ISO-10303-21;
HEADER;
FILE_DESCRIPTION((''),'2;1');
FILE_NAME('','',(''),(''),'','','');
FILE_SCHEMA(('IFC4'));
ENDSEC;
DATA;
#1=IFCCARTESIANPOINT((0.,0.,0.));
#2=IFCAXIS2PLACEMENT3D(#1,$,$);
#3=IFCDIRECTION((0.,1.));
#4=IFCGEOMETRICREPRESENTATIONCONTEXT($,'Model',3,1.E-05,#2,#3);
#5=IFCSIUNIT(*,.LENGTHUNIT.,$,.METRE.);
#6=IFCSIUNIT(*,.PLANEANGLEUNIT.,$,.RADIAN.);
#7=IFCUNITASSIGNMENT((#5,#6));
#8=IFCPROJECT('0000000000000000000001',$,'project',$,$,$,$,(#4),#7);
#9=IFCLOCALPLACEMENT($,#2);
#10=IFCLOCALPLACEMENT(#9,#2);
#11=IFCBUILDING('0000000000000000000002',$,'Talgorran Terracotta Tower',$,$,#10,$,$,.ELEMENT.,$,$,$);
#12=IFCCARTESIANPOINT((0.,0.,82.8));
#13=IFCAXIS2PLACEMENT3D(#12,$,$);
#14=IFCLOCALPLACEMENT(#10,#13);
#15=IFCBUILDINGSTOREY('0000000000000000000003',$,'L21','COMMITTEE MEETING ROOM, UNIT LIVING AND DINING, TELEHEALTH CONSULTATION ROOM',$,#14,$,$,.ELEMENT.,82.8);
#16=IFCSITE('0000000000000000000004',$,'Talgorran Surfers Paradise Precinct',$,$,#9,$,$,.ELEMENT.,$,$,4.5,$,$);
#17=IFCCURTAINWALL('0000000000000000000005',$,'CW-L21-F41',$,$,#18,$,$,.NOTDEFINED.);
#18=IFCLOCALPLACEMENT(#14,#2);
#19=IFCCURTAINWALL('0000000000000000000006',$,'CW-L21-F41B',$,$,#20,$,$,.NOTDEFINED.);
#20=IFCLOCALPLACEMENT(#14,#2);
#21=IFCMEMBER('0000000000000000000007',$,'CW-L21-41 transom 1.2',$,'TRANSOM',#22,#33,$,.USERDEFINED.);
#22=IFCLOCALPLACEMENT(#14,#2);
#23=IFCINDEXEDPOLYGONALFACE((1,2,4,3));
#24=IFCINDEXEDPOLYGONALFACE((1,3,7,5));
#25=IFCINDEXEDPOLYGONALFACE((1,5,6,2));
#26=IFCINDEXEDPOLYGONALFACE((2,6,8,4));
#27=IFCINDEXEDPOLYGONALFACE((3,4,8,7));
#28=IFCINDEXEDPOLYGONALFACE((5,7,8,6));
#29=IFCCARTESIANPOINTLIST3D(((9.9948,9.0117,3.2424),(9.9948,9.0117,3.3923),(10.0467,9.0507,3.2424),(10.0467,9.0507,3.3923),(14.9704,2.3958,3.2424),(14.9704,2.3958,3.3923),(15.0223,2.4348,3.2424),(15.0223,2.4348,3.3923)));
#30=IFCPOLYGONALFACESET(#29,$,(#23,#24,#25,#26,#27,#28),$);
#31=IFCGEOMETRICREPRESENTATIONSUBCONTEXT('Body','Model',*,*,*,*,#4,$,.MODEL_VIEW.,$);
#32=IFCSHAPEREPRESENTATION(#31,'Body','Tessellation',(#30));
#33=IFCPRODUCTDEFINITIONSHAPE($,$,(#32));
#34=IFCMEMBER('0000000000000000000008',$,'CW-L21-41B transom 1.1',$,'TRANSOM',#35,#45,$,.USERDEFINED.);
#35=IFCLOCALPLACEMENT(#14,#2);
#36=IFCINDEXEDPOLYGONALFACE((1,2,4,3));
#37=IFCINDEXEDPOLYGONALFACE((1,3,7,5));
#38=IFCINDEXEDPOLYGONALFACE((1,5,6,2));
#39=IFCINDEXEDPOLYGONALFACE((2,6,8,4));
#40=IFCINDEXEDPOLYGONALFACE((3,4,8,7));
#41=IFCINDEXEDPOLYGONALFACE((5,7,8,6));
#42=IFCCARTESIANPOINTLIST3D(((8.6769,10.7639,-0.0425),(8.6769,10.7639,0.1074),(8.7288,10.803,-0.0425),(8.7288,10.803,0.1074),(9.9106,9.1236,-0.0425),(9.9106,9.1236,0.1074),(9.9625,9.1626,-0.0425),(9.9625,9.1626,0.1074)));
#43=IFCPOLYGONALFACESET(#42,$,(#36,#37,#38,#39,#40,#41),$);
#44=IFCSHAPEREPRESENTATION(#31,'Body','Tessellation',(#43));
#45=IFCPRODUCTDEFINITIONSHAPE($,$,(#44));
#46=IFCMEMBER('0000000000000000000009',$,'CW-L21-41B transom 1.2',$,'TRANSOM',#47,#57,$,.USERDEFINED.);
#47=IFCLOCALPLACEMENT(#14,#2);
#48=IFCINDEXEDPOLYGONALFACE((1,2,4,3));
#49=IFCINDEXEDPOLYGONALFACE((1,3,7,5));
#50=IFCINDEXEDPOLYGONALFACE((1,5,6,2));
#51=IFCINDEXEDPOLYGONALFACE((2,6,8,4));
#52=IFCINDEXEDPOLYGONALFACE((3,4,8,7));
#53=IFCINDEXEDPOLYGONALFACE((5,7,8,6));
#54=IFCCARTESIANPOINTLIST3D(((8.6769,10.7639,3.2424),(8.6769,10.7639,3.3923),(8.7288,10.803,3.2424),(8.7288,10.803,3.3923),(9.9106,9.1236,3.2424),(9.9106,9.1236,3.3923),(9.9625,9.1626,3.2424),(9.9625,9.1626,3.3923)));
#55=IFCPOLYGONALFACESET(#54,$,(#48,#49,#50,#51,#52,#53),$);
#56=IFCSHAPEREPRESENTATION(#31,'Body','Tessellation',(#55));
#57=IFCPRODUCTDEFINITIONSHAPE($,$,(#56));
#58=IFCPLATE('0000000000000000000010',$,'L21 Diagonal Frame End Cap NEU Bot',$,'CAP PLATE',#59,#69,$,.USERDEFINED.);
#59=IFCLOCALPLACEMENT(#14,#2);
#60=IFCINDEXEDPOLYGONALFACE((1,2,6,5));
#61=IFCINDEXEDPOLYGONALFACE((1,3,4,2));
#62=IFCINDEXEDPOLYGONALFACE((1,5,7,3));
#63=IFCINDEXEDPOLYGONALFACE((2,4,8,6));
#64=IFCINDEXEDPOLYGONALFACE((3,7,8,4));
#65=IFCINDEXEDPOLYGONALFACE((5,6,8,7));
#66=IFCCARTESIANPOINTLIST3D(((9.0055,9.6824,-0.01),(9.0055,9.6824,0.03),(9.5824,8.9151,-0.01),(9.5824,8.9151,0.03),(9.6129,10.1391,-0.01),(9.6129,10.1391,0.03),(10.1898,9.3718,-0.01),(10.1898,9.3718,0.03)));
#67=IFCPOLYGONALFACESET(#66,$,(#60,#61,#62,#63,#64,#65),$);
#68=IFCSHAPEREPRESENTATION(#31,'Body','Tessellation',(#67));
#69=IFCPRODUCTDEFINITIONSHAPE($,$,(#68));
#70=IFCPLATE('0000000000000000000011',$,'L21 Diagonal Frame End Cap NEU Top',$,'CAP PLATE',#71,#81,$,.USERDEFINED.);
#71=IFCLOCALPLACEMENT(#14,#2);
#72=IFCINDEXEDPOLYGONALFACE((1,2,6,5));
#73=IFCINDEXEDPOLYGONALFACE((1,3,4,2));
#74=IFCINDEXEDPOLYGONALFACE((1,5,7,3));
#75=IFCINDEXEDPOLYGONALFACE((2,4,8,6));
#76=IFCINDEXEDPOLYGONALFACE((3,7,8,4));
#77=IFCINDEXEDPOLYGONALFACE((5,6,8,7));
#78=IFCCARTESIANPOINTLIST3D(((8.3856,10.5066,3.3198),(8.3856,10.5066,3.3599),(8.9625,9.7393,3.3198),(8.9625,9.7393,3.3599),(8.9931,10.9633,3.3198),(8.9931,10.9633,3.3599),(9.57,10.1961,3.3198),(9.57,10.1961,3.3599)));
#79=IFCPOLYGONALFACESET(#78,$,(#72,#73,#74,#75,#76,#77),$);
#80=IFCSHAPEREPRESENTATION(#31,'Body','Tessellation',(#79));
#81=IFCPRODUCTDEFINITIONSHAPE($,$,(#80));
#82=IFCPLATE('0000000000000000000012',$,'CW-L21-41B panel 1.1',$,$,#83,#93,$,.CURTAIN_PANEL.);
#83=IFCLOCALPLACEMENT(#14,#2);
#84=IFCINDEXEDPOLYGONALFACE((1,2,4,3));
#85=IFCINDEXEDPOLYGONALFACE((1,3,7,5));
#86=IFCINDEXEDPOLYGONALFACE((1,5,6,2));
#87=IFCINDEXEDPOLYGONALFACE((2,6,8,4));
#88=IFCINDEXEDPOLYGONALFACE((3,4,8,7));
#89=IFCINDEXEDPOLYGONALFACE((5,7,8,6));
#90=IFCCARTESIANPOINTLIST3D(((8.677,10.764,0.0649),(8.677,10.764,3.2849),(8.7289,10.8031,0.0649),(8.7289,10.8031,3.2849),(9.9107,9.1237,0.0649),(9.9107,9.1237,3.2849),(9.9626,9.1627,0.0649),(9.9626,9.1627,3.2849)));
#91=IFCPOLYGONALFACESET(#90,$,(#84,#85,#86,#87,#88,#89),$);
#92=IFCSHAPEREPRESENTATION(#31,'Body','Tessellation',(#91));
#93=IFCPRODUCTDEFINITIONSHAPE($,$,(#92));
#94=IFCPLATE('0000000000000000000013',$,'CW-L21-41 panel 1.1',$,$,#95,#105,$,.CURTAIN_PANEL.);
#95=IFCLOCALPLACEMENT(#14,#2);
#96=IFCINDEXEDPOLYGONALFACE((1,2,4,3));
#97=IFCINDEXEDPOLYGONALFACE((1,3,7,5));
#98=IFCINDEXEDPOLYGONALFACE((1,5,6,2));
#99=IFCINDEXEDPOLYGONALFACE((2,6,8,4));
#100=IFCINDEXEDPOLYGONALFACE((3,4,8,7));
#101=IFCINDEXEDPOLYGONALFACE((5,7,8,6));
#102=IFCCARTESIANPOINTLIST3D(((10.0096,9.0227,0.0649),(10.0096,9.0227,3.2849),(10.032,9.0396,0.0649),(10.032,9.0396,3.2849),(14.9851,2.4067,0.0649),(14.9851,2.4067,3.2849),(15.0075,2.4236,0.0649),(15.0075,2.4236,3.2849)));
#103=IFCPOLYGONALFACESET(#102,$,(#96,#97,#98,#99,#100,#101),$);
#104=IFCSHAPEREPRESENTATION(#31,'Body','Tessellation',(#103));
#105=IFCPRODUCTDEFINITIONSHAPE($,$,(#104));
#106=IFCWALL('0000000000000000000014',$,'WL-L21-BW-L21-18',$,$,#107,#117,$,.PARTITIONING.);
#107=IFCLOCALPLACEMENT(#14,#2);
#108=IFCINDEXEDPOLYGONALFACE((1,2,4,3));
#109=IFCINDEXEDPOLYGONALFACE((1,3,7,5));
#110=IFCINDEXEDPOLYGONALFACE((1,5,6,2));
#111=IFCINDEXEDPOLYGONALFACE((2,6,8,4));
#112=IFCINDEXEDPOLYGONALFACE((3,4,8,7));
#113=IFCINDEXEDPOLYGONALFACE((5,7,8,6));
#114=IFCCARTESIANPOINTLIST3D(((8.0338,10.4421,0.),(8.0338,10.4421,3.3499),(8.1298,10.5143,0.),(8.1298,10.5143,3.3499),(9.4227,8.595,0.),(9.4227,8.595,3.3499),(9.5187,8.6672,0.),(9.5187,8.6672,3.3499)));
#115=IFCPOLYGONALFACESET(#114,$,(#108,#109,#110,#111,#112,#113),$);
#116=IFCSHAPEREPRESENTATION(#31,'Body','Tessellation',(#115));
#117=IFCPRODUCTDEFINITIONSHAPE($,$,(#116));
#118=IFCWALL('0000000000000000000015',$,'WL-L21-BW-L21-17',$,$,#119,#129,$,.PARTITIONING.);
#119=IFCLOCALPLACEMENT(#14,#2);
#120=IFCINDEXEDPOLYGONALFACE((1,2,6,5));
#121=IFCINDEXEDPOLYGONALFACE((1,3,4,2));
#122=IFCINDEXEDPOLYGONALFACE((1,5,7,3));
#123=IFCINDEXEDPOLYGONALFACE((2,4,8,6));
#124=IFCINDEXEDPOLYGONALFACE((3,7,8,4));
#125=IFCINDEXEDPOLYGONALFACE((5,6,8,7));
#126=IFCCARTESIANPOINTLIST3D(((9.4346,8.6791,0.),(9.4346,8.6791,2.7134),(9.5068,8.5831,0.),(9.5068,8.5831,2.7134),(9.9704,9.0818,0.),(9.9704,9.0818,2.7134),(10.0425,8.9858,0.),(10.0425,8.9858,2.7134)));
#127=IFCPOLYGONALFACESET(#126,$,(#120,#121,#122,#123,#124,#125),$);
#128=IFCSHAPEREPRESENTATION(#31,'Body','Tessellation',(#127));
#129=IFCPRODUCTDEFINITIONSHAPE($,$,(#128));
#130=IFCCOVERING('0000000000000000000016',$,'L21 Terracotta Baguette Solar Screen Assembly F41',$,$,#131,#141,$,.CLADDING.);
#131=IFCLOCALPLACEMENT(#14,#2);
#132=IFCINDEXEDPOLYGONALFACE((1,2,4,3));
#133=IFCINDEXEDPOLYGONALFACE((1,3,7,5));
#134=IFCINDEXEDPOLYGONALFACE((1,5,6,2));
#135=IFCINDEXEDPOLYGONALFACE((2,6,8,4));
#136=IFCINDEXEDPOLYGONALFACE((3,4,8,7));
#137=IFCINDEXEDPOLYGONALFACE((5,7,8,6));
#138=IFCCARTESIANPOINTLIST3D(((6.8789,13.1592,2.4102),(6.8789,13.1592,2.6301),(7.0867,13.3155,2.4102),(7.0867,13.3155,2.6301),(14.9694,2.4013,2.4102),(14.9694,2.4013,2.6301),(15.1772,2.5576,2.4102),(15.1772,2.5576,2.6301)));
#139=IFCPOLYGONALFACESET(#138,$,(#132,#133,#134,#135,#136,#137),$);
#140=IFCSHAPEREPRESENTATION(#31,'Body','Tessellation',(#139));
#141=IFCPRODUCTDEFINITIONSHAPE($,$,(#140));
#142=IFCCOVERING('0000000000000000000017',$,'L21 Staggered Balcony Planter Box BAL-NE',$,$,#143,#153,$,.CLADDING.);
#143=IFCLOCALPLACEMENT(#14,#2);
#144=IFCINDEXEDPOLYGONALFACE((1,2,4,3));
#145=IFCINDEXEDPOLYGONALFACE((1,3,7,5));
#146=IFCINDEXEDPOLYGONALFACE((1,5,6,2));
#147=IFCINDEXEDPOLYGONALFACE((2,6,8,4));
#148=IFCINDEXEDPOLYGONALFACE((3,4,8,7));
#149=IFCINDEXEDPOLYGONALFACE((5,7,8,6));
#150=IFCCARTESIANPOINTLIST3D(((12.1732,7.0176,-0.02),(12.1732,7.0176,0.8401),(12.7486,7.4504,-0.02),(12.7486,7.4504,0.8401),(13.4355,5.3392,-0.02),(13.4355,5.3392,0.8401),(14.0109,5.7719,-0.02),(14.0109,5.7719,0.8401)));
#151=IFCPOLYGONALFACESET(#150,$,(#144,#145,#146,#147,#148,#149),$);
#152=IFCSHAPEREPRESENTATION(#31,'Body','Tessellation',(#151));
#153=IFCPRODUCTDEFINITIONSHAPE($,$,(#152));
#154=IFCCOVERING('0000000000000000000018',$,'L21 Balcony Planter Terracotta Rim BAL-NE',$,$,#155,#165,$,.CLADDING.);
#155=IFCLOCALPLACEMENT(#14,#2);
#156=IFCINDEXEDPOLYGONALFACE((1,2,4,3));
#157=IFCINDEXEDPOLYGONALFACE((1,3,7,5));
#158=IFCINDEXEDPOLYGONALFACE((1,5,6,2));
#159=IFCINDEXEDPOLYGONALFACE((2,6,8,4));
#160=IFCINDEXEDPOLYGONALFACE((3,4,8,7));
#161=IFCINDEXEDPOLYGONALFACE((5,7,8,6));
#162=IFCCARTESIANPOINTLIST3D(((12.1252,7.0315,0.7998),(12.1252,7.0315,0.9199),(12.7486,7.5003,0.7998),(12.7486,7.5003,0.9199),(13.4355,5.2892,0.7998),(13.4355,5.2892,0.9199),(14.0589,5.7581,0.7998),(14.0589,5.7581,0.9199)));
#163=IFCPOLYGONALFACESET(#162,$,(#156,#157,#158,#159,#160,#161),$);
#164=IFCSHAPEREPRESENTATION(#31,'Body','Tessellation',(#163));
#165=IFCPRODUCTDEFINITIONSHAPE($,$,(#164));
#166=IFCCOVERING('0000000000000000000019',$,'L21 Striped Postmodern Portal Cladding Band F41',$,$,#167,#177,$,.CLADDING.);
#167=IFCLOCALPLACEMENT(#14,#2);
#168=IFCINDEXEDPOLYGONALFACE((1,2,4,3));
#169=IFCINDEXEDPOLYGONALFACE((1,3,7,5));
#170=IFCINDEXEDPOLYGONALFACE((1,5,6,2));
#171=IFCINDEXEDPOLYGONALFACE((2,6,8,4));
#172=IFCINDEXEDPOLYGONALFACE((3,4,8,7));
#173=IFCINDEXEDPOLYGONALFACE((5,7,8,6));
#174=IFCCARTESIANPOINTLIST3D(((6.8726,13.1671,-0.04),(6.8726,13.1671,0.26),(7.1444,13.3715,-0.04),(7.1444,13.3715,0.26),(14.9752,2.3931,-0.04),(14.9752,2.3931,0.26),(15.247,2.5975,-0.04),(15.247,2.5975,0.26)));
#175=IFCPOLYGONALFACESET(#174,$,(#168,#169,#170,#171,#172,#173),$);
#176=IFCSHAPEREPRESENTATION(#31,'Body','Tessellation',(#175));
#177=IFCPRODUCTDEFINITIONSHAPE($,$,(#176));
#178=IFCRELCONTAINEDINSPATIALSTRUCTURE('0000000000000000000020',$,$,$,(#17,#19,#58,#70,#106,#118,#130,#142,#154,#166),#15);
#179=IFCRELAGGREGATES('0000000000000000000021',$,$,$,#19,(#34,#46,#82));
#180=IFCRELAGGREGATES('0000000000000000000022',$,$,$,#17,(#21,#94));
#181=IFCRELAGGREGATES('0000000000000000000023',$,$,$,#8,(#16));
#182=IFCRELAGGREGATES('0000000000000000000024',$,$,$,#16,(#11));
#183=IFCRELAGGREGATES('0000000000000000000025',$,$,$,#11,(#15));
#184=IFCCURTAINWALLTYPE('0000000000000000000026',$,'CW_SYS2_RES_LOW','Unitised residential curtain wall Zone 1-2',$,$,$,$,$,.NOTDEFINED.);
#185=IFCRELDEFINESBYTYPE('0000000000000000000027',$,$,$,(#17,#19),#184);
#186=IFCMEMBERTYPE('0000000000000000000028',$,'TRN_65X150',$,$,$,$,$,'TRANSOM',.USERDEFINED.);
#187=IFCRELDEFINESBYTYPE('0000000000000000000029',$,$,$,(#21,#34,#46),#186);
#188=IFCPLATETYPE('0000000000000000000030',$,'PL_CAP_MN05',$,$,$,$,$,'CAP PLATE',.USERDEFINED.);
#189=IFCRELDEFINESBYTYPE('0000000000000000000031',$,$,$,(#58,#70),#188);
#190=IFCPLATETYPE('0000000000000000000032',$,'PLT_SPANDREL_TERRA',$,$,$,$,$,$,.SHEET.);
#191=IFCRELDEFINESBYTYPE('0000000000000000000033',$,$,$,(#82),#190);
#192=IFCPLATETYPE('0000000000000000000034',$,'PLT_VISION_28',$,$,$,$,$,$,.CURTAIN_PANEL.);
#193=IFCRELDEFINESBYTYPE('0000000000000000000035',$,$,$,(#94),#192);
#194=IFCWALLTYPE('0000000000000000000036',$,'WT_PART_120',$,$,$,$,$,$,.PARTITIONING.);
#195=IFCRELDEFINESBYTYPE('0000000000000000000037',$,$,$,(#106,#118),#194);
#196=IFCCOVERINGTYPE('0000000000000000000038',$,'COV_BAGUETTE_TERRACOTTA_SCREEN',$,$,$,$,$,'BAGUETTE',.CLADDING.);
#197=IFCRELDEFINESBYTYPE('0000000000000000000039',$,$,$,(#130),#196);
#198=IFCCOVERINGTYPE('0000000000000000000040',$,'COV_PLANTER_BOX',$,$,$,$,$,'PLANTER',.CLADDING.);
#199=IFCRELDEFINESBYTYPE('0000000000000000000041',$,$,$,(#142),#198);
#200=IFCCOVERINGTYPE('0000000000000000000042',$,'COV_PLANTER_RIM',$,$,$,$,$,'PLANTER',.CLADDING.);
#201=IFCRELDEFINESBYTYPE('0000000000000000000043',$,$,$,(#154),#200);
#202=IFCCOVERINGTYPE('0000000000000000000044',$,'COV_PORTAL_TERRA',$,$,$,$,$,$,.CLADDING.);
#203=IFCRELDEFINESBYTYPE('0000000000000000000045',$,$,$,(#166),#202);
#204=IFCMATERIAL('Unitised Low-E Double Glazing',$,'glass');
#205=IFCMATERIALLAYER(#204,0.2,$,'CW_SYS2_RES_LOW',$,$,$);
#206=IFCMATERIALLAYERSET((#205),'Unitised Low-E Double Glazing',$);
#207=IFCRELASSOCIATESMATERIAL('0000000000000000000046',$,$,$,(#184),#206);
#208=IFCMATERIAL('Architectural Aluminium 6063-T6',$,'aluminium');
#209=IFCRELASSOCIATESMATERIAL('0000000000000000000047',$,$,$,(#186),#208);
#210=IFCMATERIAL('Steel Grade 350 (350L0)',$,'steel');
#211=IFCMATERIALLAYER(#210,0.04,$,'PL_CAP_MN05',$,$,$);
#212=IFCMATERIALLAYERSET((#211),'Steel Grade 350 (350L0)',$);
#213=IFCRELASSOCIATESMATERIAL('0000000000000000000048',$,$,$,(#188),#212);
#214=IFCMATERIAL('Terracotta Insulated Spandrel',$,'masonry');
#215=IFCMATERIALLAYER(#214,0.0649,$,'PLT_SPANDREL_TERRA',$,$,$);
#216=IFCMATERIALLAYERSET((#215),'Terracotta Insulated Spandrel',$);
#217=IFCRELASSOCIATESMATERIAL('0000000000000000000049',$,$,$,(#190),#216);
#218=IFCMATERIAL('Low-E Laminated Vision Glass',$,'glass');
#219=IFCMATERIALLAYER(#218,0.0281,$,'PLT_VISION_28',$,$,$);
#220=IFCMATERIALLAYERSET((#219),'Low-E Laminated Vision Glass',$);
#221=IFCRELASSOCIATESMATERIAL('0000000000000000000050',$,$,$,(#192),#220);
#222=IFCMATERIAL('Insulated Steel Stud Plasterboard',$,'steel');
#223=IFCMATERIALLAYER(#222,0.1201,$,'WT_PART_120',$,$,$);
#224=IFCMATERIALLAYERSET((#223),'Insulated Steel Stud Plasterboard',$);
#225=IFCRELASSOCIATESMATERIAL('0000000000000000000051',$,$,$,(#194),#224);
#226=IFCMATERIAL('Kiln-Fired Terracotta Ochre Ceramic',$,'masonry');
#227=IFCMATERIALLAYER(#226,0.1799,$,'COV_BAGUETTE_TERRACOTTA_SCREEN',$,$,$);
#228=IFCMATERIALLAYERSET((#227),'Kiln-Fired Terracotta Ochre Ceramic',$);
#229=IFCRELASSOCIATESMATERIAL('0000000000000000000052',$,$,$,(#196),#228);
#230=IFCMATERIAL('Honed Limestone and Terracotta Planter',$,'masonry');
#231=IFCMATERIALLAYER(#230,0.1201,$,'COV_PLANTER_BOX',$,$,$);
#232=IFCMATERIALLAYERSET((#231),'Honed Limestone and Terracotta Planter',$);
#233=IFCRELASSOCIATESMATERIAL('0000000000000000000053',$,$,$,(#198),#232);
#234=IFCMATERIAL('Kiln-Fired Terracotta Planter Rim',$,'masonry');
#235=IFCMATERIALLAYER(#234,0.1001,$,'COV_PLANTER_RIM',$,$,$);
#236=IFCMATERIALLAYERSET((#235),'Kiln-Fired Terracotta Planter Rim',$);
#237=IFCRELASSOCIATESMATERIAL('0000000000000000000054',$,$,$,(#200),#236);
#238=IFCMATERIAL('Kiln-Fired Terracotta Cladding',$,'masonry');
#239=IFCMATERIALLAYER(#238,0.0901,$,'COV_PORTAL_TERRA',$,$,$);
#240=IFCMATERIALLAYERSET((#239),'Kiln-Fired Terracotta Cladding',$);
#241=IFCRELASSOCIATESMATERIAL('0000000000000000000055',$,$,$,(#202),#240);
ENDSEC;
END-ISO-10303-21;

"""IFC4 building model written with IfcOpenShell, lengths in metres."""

from ifc_helpers import new_model, si_unit, direction, frame, frame_2d, origin, origin_2d, place, context, subcontext, project, spatial, rectangle, extrude, source, transform, mapped, material, layer, layer_set, material_profile, profile_set, type_object, type_shapes, element, aggregate, save


model = new_model("IFC4")

# Units and contexts
model_context = context("Model", 3, precision=1e-05, world=origin(), true_north=direction((0.0, 1.0)))
body_context = subcontext(model_context, "Body", "Model", "MODEL_VIEW")
ifc_project = project(units=[si_unit("LENGTHUNIT", "METRE"), si_unit("PLANEANGLEUNIT", "RADIAN")], contexts=[model_context])

# Site, building, storey
site_placement = place(None, origin())
site = spatial("IfcSite", under=ifc_project, at=site_placement, Name="Talgorran Surfers Paradise Precinct", CompositionType="ELEMENT", RefElevation=4.5)
building_placement = place(site_placement, origin())
building = spatial("IfcBuilding", under=site, at=building_placement, Name="Talgorran Terracotta Tower", CompositionType="ELEMENT")
storey_placement = place(building_placement, frame((0.0, 0.0, 82.8)))
storey = spatial("IfcBuildingStorey", under=building, at=storey_placement, Name="L21", Description="COMMITTEE MEETING ROOM, UNIT LIVING AND DINING, TELEHEALTH CONSULTATION ROOM", CompositionType="ELEMENT", Elevation=82.8)

# Shared definitions
ifc_material_1 = material(Name="Steel Grade 350 (350L0)", Category="steel")

# Curtain wall
ifc_material_2 = material(Name="Unitised Low-E Double Glazing", Category="glass")
ifc_layer_1 = layer(ifc_material_2, 0.2, Name="CW_SYS2_RES_LOW")
ifc_layer_set_1 = layer_set([ifc_layer_1], Name="Unitised Low-E Double Glazing")
curtain_wall_type = type_object("IfcCurtainWallType", Name="CW_SYS2_RES_LOW", Description="Unitised residential curtain wall Zone 1-2", PredefinedType="NOTDEFINED", material=ifc_layer_set_1)
curtain_wall_1_placement = place(storey_placement, origin())
curtain_wall_1 = element("IfcCurtainWall", 1, at=curtain_wall_1_placement, inside=storey, type_object=curtain_wall_type, Name="CW-L21-F41", PredefinedType="NOTDEFINED")
ifc_material_3 = material(Name="Architectural Aluminium 6063-T6", Category="aluminium")

# Curtain wall
curtain_wall_2_placement = place(storey_placement, origin())
curtain_wall_2 = element("IfcCurtainWall", 2, at=curtain_wall_2_placement, inside=storey, type_object=curtain_wall_type, Name="CW-L21-F41B", PredefinedType="NOTDEFINED")

# Members
ifc_material_profile_1 = material_profile(ifc_material_3, rectangle(XDim=0.0649, YDim=0.1499, at=origin_2d()), Name="CWT65X150")
ifc_profile_set_1 = profile_set([ifc_material_profile_1], Name="Architectural Aluminium 6063-T6")
member_type_1 = type_object("IfcMemberType", Name="TRN_65X150", ElementType="TRANSOM", PredefinedType="USERDEFINED", material=ifc_profile_set_1)
member_1_placement = place(storey_placement, frame((14.9963, 2.4153, 3.3174), z_axis=(-0.601052, 0.79921, 0.0), x_axis=(-0.79921, -0.601052, 0.0)))
member_1 = element("IfcMember", 3, at=member_1_placement, type_object=member_type_1, Name="CW-L21-41 transom 1.2", ObjectType="TRANSOM", PredefinedType="USERDEFINED", context=body_context, shape_type="SweptSolid", body=[
    extrude(rectangle(XDim=0.0649, YDim=0.1499, at=origin_2d()), origin(), (0.0, 0.0, 1.0), 8.2781),
])
member_2_placement = place(storey_placement, frame((9.9365, 9.1431, 0.0325), z_axis=(-0.601046, 0.799214, 0.0), x_axis=(-0.799214, -0.601046, 0.0)))
member_2 = element("IfcMember", 4, at=member_2_placement, type_object=member_type_1, Name="CW-L21-41B transom 1.1", ObjectType="TRANSOM", PredefinedType="USERDEFINED", context=body_context, shape_type="SweptSolid", body=[
    extrude(rectangle(XDim=0.0649, YDim=0.1499, at=origin_2d()), origin(), (0.0, 0.0, 1.0), 2.0525),
])
member_3_placement = place(storey_placement, frame((9.9365, 9.1431, 3.3174), z_axis=(-0.601046, 0.799214, 0.0), x_axis=(-0.799214, -0.601046, 0.0)))
member_3 = element("IfcMember", 5, at=member_3_placement, type_object=member_type_1, Name="CW-L21-41B transom 1.2", ObjectType="TRANSOM", PredefinedType="USERDEFINED", context=body_context, shape_type="SweptSolid", body=[
    extrude(rectangle(XDim=0.0649, YDim=0.1499, at=origin_2d()), origin(), (0.0, 0.0, 1.0), 2.0525),
])

# Plates
ifc_layer_2 = layer(ifc_material_1, 0.04, Name="PL_CAP_MN05")
ifc_layer_set_2 = layer_set([ifc_layer_2], Name="Steel Grade 350 (350L0)")
plate_type_1 = type_object("IfcPlateType", Name="PL_CAP_MN05", ElementType="CAP PLATE", PredefinedType="USERDEFINED", material=ifc_layer_set_2)
for number, where, z_axis, x_axis, name in (
    (6, (9.5977, 9.5271, -0.01), (0.0, 0.0, 1.0), (-0.600978, 0.799265, 0.0), "L21 Diagonal Frame End Cap NEU Bot"),
    (7, (8.9778, 10.3513, 3.3198), (0.0, 0.0, 1.0), (-0.600978, 0.799265, 0.0), "L21 Diagonal Frame End Cap NEU Top"),
):
    element("IfcPlate", number, at=place(storey_placement, frame(where, z_axis=z_axis, x_axis=x_axis)), inside=storey, type_object=plate_type_1, Name=name, ObjectType="CAP PLATE", PredefinedType="USERDEFINED", context=body_context, shape_type="SweptSolid", body=[
        extrude(rectangle(XDim=0.96, YDim=0.76, at=origin_2d()), origin(), (0.0, 0.0, 1.0), 0.04),
    ])

# Plates
ifc_material_4 = material(Name="Terracotta Insulated Spandrel", Category="masonry")
ifc_layer_3 = layer(ifc_material_4, 0.0649, Name="PLT_SPANDREL_TERRA")
ifc_layer_set_3 = layer_set([ifc_layer_3], Name="Terracotta Insulated Spandrel")
plate_type_2 = type_object("IfcPlateType", Name="PLT_SPANDREL_TERRA", PredefinedType="SHEET", material=ifc_layer_set_3)
shared_shape_1 = source(origin(), body_context, "Body", "SweptSolid", [
    extrude(rectangle(XDim=2.0525, YDim=0.0649, at=origin_2d()), origin(), (0.0, 0.0, 1.0), 3.22),
])
type_shapes(plate_type_2, [shared_shape_1])
plate_1_placement = place(storey_placement, frame((9.3198, 9.9634, 0.0649), z_axis=(0.0, 0.0, 1.0), x_axis=(-0.601077, 0.799191, 0.0)))
plate_1 = element("IfcPlate", 8, at=plate_1_placement, type_object=plate_type_2, Name="CW-L21-41B panel 1.1", PredefinedType="CURTAIN_PANEL", context=body_context, shape_type="MappedRepresentation", body=[
    mapped(shared_shape_1, transform((0.0, 0.0, 0.0), scale=1.0)),
])
aggregate(curtain_wall_2, [member_2, member_3, plate_1])
ifc_material_5 = material(Name="Low-E Laminated Vision Glass", Category="glass")
ifc_layer_4 = layer(ifc_material_5, 0.0281, Name="PLT_VISION_28")
ifc_layer_set_4 = layer_set([ifc_layer_4], Name="Low-E Laminated Vision Glass")
plate_type_3 = type_object("IfcPlateType", Name="PLT_VISION_28", PredefinedType="CURTAIN_PANEL", material=ifc_layer_set_4)
shared_shape_2 = source(origin(), body_context, "Body", "SweptSolid", [
    extrude(rectangle(XDim=8.2781, YDim=0.0281, at=origin_2d()), origin(), (0.0, 0.0, 1.0), 3.22),
])
type_shapes(plate_type_3, [shared_shape_2])
plate_2_placement = place(storey_placement, frame((12.5085, 5.7231, 0.0649), z_axis=(0.0, 0.0, 1.0), x_axis=(-0.601048, 0.799213, 0.0)))
plate_2 = element("IfcPlate", 9, at=plate_2_placement, type_object=plate_type_3, Name="CW-L21-41 panel 1.1", PredefinedType="CURTAIN_PANEL", context=body_context, shape_type="MappedRepresentation", body=[
    mapped(shared_shape_2, transform((0.0, 0.0, 0.0), scale=1.0)),
])
aggregate(curtain_wall_1, [member_1, plate_2])

# Walls
ifc_material_6 = material(Name="Insulated Steel Stud Plasterboard", Category="steel")
ifc_layer_5 = layer(ifc_material_6, 0.1201, Name="WT_PART_120")
ifc_layer_set_5 = layer_set([ifc_layer_5], Name="Insulated Steel Stud Plasterboard")
wall_type = type_object("IfcWallType", Name="WT_PART_120", PredefinedType="PARTITIONING", material=ifc_layer_set_5)
wall_1_placement = place(storey_placement, frame((9.4707, 8.6311, 0.0), z_axis=(0.0, 0.0, 1.0), x_axis=(-0.60098, 0.799264, 0.0)))
element("IfcWall", 10, at=wall_1_placement, inside=storey, type_object=wall_type, Name="WL-L21-BW-L21-18", PredefinedType="PARTITIONING", context=body_context, shape_type="SweptSolid", body=[
    extrude(rectangle(XDim=2.311, YDim=0.1201, at=frame_2d((1.1555, 0.0))), origin(), (0.0, 0.0, 1.0), 3.3499),
])
wall_2_placement = place(storey_placement, frame((10.0063, 9.0337, 0.0), z_axis=(0.0, 0.0, 1.0), x_axis=(-0.799387, -0.600816, 0.0)))
element("IfcWall", 11, at=wall_2_placement, inside=storey, type_object=wall_type, Name="WL-L21-BW-L21-17", PredefinedType="PARTITIONING", context=body_context, shape_type="SweptSolid", body=[
    extrude(rectangle(XDim=0.6702, YDim=0.1201, at=frame_2d((0.335, 0.0))), origin(), (0.0, 0.0, 1.0), 2.7134),
])

# Coverings
ifc_material_7 = material(Name="Kiln-Fired Terracotta Ochre Ceramic", Category="masonry")
ifc_layer_6 = layer(ifc_material_7, 0.1799, Name="COV_BAGUETTE_TERRACOTTA_SCREEN")
ifc_layer_set_6 = layer_set([ifc_layer_6], Name="Kiln-Fired Terracotta Ochre Ceramic")
covering_type_1 = type_object("IfcCoveringType", Name="COV_BAGUETTE_TERRACOTTA_SCREEN", ElementType="BAGUETTE", PredefinedType="CLADDING", material=ifc_layer_set_6)
covering_1_placement = place(storey_placement, frame((11.0281, 7.8584, 2.4102), z_axis=(0.0, 0.0, 1.0), x_axis=(-0.601048, 0.799213, 0.0)))
element("IfcCovering", 12, at=covering_1_placement, inside=storey, type_object=covering_type_1, Name="L21 Terracotta Baguette Solar Screen Assembly F41", PredefinedType="CLADDING", context=body_context, shape_type="SweptSolid", body=[
    extrude(rectangle(XDim=13.4607, YDim=0.26, at=origin_2d()), origin(), (0.0, 0.0, 1.0), 0.22),
])
ifc_material_8 = material(Name="Honed Limestone and Terracotta Planter", Category="masonry")
ifc_layer_7 = layer(ifc_material_8, 0.1201, Name="COV_PLANTER_BOX")
ifc_layer_set_7 = layer_set([ifc_layer_7], Name="Honed Limestone and Terracotta Planter")
covering_type_2 = type_object("IfcCoveringType", Name="COV_PLANTER_BOX", ElementType="PLANTER", PredefinedType="CLADDING", material=ifc_layer_set_7)
covering_2_placement = place(storey_placement, frame((13.092, 6.3948, -0.02), z_axis=(0.0, 0.0, 1.0), x_axis=(-0.601048, 0.799213, 0.0)))
element("IfcCovering", 13, at=covering_2_placement, inside=storey, type_object=covering_type_2, Name="L21 Staggered Balcony Planter Box BAL-NE", PredefinedType="CLADDING", context=body_context, shape_type="SweptSolid", body=[
    extrude(rectangle(XDim=2.1001, YDim=0.72, at=origin_2d()), origin(), (0.0, 0.0, 1.0), 0.8601),
])
ifc_material_9 = material(Name="Kiln-Fired Terracotta Planter Rim", Category="masonry")
ifc_layer_8 = layer(ifc_material_9, 0.1001, Name="COV_PLANTER_RIM")
ifc_layer_set_8 = layer_set([ifc_layer_8], Name="Kiln-Fired Terracotta Planter Rim")
covering_type_3 = type_object("IfcCoveringType", Name="COV_PLANTER_RIM", ElementType="PLANTER", PredefinedType="CLADDING", material=ifc_layer_set_8)
covering_3_placement = place(storey_placement, frame((13.092, 6.3948, 0.7998), z_axis=(0.0, 0.0, 1.0), x_axis=(-0.601048, 0.799213, 0.0)))
element("IfcCovering", 14, at=covering_3_placement, inside=storey, type_object=covering_type_3, Name="L21 Balcony Planter Terracotta Rim BAL-NE", PredefinedType="CLADDING", context=body_context, shape_type="SweptSolid", body=[
    extrude(rectangle(XDim=2.1799, YDim=0.78, at=origin_2d()), origin(), (0.0, 0.0, 1.0), 0.1201),
])
ifc_material_10 = material(Name="Kiln-Fired Terracotta Cladding", Category="masonry")
ifc_layer_9 = layer(ifc_material_10, 0.0901, Name="COV_PORTAL_TERRA")
ifc_layer_set_9 = layer_set([ifc_layer_9], Name="Kiln-Fired Terracotta Cladding")
covering_type_4 = type_object("IfcCoveringType", Name="COV_PORTAL_TERRA", PredefinedType="CLADDING", material=ifc_layer_set_9)
covering_4_placement = place(storey_placement, frame((11.0598, 7.8823, -0.04), z_axis=(0.0, 0.0, 1.0), x_axis=(-0.601048, 0.799213, 0.0)))
element("IfcCovering", 15, at=covering_4_placement, inside=storey, type_object=covering_type_4, Name="L21 Striped Postmodern Portal Cladding Band F41", PredefinedType="CLADDING", context=body_context, shape_type="SweptSolid", body=[
    extrude(rectangle(XDim=13.4807, YDim=0.3401, at=origin_2d()), origin(), (0.0, 0.0, 1.0), 0.3),
])

save(model, "model.ifc")
